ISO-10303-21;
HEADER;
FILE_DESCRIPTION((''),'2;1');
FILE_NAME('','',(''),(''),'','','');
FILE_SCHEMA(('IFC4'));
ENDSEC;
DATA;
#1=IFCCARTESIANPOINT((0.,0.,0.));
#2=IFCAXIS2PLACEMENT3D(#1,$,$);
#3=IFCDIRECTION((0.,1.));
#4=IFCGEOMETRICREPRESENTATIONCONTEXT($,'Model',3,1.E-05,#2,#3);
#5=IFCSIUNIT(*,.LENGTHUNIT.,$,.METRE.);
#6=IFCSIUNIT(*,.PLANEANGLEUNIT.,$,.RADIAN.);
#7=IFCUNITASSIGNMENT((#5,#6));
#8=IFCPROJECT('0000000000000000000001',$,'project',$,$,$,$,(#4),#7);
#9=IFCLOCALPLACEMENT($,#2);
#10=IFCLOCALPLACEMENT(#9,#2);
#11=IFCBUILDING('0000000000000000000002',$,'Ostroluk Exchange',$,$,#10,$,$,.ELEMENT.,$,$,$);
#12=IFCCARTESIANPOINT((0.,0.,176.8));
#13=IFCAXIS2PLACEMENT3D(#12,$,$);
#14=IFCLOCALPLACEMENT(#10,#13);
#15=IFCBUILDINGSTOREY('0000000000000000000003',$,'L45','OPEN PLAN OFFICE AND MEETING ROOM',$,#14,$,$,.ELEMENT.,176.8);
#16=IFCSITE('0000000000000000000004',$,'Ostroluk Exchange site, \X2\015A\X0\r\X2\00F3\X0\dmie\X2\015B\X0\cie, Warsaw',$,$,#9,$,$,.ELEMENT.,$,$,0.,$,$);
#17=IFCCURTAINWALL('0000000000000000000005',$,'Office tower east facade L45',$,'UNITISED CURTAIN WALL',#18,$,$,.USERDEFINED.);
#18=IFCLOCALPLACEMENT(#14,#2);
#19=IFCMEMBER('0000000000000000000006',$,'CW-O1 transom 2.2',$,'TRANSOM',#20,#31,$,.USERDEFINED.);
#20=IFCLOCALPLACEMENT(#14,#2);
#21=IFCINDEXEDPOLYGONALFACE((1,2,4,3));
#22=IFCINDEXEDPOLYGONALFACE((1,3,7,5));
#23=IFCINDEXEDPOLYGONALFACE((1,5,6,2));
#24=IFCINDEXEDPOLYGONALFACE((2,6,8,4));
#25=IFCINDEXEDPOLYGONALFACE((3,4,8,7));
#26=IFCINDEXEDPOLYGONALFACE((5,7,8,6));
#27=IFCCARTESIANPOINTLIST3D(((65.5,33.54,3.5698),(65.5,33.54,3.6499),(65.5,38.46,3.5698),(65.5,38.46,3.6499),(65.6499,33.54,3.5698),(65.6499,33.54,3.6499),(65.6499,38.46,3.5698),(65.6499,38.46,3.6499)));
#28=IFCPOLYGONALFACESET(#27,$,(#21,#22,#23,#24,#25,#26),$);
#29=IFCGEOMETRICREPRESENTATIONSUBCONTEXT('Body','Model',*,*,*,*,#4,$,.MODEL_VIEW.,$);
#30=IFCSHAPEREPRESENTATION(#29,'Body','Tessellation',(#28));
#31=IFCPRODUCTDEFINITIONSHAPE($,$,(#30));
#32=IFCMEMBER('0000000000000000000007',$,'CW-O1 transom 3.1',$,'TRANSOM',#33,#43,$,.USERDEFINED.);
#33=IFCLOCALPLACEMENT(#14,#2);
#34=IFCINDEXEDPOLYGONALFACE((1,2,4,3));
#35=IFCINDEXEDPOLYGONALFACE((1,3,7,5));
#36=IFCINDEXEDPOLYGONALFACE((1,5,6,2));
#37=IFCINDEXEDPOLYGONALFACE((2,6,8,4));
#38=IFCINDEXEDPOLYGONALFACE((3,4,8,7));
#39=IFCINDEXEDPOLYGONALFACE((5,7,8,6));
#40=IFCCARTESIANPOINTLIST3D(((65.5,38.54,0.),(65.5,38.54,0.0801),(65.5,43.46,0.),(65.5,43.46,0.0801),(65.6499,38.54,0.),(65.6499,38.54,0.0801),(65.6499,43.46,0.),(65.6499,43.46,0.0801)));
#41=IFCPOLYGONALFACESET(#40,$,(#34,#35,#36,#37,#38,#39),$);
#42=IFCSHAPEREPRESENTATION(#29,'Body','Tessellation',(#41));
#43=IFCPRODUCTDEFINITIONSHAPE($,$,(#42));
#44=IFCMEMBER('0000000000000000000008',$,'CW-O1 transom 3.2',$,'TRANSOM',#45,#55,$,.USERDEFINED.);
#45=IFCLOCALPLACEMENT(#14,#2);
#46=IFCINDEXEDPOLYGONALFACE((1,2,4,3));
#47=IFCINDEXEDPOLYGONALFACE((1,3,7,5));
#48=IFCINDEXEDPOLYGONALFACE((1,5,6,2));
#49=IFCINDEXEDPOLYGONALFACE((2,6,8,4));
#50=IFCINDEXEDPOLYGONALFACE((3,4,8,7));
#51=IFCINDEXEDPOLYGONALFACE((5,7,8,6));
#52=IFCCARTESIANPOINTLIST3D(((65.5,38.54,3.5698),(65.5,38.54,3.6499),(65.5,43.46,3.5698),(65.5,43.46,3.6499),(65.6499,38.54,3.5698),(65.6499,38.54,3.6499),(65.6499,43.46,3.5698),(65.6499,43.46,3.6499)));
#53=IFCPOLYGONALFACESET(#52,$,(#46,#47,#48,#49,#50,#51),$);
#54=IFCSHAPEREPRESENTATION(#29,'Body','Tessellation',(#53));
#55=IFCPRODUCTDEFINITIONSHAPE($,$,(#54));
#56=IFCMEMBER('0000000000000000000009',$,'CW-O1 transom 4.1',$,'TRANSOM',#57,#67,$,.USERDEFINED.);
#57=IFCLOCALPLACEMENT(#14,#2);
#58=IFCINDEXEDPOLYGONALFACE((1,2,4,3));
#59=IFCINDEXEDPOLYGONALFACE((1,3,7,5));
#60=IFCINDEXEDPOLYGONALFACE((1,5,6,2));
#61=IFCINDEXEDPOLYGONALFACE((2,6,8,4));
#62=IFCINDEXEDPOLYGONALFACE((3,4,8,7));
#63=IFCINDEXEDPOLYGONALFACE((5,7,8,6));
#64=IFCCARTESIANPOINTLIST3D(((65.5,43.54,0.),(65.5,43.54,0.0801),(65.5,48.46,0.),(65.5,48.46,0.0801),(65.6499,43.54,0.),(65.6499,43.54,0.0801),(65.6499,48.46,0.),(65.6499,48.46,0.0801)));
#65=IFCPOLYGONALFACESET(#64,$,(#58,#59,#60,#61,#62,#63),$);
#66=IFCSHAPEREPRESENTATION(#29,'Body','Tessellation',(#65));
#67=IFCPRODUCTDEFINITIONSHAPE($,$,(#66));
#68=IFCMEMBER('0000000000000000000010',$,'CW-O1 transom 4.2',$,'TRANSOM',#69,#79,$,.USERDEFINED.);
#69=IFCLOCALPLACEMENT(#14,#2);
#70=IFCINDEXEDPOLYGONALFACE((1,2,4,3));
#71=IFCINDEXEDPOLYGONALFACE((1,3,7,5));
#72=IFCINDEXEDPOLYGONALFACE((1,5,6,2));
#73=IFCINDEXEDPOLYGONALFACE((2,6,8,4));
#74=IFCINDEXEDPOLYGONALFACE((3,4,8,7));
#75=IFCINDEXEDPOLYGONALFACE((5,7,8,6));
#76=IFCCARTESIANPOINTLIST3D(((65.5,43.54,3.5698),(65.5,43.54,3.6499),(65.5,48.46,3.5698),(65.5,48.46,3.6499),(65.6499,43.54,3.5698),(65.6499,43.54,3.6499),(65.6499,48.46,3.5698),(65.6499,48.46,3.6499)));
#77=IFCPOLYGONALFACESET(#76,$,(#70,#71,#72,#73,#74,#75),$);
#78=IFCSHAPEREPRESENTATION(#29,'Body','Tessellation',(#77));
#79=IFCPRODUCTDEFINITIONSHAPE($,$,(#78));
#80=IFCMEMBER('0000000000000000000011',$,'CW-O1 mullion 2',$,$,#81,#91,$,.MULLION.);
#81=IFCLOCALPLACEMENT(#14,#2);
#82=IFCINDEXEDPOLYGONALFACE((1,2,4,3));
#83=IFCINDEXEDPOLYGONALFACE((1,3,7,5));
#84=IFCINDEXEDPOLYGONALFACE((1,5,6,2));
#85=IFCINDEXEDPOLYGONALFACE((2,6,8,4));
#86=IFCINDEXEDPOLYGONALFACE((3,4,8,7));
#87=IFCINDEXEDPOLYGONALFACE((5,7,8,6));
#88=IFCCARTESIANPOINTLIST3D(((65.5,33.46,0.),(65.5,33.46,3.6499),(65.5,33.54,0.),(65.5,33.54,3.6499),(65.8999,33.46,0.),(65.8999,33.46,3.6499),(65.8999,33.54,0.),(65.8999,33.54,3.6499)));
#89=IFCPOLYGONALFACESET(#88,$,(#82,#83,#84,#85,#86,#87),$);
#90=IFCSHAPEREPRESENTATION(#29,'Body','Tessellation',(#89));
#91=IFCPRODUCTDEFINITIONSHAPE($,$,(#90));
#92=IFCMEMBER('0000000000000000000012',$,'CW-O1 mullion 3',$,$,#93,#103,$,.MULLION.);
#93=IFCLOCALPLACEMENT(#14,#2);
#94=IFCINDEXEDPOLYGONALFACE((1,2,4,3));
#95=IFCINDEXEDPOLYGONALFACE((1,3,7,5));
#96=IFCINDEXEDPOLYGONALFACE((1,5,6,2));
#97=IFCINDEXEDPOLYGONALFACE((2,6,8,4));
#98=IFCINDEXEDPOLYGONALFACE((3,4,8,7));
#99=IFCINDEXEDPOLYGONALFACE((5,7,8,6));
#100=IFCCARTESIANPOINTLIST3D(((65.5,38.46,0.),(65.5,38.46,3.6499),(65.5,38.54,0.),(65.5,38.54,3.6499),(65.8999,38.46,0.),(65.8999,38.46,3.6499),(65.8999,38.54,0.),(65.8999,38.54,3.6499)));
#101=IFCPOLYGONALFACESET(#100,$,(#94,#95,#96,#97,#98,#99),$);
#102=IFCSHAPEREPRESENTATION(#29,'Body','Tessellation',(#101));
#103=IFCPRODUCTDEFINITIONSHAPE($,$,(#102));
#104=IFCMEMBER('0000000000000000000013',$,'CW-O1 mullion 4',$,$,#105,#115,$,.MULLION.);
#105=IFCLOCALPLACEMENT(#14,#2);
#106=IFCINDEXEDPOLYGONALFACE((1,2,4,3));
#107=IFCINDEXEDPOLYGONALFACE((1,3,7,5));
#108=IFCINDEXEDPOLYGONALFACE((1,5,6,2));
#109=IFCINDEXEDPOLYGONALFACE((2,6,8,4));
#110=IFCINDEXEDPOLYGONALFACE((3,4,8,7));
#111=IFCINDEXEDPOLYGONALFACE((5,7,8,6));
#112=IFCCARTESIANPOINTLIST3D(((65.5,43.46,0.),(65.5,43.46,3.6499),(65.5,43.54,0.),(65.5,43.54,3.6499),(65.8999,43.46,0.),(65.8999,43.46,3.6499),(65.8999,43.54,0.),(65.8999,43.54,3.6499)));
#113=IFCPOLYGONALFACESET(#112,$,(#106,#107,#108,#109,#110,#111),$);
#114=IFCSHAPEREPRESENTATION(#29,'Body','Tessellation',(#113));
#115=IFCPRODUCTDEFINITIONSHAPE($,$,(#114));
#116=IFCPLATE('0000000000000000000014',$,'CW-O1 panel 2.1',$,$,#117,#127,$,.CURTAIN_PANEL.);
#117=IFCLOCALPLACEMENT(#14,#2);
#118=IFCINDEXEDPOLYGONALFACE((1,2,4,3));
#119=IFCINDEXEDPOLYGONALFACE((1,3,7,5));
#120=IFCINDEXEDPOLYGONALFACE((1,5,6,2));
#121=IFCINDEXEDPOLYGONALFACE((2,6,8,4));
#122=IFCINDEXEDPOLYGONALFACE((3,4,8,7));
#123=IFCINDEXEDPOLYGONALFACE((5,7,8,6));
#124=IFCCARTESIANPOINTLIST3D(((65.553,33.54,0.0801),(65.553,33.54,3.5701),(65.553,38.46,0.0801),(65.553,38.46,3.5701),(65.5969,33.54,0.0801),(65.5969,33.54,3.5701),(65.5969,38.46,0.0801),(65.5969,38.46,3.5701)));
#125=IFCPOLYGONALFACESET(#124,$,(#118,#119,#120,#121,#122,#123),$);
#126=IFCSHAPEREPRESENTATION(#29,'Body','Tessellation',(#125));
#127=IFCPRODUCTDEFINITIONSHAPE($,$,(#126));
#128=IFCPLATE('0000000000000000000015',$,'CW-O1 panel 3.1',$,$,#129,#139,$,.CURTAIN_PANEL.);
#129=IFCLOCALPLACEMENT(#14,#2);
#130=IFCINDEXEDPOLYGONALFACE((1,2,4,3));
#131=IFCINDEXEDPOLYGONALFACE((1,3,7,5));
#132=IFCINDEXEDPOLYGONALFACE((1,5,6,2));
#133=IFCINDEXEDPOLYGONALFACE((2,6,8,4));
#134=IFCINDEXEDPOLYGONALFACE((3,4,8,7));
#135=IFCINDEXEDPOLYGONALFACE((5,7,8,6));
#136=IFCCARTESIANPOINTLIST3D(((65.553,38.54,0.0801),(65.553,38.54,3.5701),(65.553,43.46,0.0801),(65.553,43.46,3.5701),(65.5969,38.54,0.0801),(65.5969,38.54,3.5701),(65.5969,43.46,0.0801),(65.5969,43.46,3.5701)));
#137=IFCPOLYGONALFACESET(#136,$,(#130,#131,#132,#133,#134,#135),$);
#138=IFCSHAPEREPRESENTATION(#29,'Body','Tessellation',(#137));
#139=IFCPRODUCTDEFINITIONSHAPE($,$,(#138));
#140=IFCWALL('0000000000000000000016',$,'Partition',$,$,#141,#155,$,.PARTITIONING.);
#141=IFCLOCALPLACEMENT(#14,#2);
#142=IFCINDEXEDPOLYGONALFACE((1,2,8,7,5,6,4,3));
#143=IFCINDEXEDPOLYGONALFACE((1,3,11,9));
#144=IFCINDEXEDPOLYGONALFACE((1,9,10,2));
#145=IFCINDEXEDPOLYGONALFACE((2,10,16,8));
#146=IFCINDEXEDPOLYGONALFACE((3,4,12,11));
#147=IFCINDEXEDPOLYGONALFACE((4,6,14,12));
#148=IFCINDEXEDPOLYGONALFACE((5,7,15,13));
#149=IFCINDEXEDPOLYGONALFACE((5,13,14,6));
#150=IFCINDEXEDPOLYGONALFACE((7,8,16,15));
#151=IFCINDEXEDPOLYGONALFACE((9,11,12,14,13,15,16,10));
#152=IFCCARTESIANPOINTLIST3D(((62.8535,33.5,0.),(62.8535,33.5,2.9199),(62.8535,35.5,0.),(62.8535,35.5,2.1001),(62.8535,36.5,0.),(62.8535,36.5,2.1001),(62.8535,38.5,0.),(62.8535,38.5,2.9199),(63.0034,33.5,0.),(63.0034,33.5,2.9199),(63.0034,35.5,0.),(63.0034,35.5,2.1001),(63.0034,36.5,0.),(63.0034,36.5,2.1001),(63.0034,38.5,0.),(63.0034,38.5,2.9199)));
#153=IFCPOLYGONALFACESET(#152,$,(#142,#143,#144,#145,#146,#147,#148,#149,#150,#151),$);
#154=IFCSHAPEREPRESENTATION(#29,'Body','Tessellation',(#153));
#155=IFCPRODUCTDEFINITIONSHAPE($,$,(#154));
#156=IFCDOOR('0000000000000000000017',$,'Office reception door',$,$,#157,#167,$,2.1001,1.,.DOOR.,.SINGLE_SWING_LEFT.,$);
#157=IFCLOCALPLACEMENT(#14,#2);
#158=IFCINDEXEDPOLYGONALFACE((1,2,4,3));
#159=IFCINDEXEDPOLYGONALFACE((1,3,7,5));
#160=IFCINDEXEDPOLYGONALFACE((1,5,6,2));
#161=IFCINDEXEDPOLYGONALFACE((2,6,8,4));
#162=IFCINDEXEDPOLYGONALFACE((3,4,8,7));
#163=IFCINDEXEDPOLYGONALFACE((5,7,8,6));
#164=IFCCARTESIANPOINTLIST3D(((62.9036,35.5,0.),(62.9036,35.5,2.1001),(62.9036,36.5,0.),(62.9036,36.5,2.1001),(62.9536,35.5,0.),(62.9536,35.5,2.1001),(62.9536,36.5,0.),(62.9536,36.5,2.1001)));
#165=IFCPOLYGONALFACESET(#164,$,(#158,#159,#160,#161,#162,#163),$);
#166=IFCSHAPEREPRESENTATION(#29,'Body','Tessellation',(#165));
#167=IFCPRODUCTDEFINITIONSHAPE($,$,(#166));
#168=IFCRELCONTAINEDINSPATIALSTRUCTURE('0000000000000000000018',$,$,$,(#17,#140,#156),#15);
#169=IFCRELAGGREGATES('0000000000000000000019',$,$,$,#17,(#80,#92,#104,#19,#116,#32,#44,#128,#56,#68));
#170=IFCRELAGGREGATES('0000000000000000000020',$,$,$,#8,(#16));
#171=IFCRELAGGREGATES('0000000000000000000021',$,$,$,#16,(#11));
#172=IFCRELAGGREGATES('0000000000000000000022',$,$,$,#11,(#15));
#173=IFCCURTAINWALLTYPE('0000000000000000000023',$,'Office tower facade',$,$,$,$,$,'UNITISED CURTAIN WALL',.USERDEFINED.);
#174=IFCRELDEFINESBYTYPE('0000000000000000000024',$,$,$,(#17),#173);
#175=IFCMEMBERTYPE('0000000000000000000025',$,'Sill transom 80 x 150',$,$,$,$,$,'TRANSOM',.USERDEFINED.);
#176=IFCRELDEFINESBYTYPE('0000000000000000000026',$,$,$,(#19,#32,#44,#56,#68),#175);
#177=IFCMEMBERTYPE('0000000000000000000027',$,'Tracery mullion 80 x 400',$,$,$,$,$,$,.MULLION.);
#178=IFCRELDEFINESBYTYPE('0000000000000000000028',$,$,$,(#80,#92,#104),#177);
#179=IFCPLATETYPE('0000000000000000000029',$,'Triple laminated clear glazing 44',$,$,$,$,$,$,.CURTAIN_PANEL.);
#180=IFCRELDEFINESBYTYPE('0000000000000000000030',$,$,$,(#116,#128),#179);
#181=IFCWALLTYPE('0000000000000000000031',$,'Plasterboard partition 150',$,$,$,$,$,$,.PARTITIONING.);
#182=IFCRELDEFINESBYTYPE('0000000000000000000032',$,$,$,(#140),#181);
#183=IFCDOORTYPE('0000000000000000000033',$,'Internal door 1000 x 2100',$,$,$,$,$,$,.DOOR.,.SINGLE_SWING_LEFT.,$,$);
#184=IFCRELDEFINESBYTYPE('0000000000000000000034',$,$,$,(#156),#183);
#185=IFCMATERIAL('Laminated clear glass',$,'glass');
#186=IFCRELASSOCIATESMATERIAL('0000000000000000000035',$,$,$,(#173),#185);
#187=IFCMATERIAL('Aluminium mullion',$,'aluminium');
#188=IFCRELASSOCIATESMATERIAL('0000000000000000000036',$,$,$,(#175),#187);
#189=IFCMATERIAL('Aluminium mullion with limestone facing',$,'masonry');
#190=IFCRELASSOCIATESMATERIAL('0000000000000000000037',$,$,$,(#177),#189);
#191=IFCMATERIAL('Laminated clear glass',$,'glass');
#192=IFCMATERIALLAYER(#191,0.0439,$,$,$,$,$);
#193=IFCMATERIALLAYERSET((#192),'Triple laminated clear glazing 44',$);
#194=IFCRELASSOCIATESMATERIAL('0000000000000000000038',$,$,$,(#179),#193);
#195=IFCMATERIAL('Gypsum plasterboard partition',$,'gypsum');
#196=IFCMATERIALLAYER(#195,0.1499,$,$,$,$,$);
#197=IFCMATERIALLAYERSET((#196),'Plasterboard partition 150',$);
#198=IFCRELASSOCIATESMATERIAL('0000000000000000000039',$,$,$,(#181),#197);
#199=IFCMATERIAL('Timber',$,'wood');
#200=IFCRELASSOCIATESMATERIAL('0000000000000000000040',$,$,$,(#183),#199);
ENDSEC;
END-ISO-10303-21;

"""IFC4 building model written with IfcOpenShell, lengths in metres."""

from ifc_helpers import new_model, si_unit, direction, frame, frame_2d, origin, origin_2d, place, context, subcontext, project, spatial, rectangle, extrude, material, layer, layer_set, material_profile, profile_set, type_object, element, fill, aggregate, save


model = new_model("IFC4")

# Units and contexts
model_context = context("Model", 3, precision=1e-05, world=origin(), true_north=direction((0.0, 1.0)))
body_context = subcontext(model_context, "Body", "Model", "MODEL_VIEW")
ifc_project = project(units=[si_unit("LENGTHUNIT", "METRE"), si_unit("PLANEANGLEUNIT", "RADIAN")], contexts=[model_context])

# Site, building, storey
site_placement = place(None, origin())
site = spatial("IfcSite", under=ifc_project, at=site_placement, Name="Ostroluk Exchange site, Śródmieście, Warsaw", CompositionType="ELEMENT", RefElevation=0.0)
building_placement = place(site_placement, origin())
building = spatial("IfcBuilding", under=site, at=building_placement, Name="Ostroluk Exchange", CompositionType="ELEMENT")
storey_placement = place(building_placement, frame((0.0, 0.0, 176.8)))
storey = spatial("IfcBuildingStorey", under=building, at=storey_placement, Name="L45", Description="OPEN PLAN OFFICE AND MEETING ROOM", CompositionType="ELEMENT", Elevation=176.8)

# Curtain wall, members, plates
ifc_material_1 = material(Name="Laminated clear glass", Category="glass")
curtain_wall_type = type_object("IfcCurtainWallType", Name="Office tower facade", ElementType="UNITISED CURTAIN WALL", PredefinedType="USERDEFINED", material=ifc_material_1)
curtain_wall_placement = place(storey_placement, origin())
curtain_wall = element("IfcCurtainWall", 1, at=curtain_wall_placement, inside=storey, type_object=curtain_wall_type, Name="Office tower east facade L45", ObjectType="UNITISED CURTAIN WALL", PredefinedType="USERDEFINED")
ifc_material_2 = material(Name="Aluminium mullion", Category="aluminium")
ifc_material_profile_1 = material_profile(ifc_material_2, rectangle(XDim=0.1499, YDim=0.0801, at=origin_2d()), Name="Sill transom 80 x 150")
ifc_profile_set_1 = profile_set([ifc_material_profile_1], Name="Aluminium mullion")
member_type_1 = type_object("IfcMemberType", Name="Sill transom 80 x 150", ElementType="TRANSOM", PredefinedType="USERDEFINED", material=ifc_profile_set_1)
member_1_placement = place(storey_placement, frame((65.575, 33.54, 3.6099), z_axis=(0.0, 1.0, 0.0), x_axis=(-1.0, 0.0, 0.0)))
member_1 = element("IfcMember", 2, at=member_1_placement, type_object=member_type_1, Name="CW-O1 transom 2.2", ObjectType="TRANSOM", PredefinedType="USERDEFINED", context=body_context, shape_type="SweptSolid", body=[
    extrude(rectangle(XDim=0.1499, YDim=0.0801, at=origin_2d()), origin(), (0.0, 0.0, 1.0), 4.9199),
])
member_2_placement = place(storey_placement, frame((65.575, 38.54, 0.04), z_axis=(0.0, 1.0, 0.0), x_axis=(-1.0, 0.0, 0.0)))
member_2 = element("IfcMember", 3, at=member_2_placement, type_object=member_type_1, Name="CW-O1 transom 3.1", ObjectType="TRANSOM", PredefinedType="USERDEFINED", context=body_context, shape_type="SweptSolid", body=[
    extrude(rectangle(XDim=0.1499, YDim=0.0801, at=origin_2d()), origin(), (0.0, 0.0, 1.0), 4.9199),
])
member_3_placement = place(storey_placement, frame((65.575, 38.54, 3.6099), z_axis=(0.0, 1.0, 0.0), x_axis=(-1.0, 0.0, 0.0)))
member_3 = element("IfcMember", 4, at=member_3_placement, type_object=member_type_1, Name="CW-O1 transom 3.2", ObjectType="TRANSOM", PredefinedType="USERDEFINED", context=body_context, shape_type="SweptSolid", body=[
    extrude(rectangle(XDim=0.1499, YDim=0.0801, at=origin_2d()), origin(), (0.0, 0.0, 1.0), 4.9199),
])
member_4_placement = place(storey_placement, frame((65.575, 43.54, 0.04), z_axis=(0.0, 1.0, 0.0), x_axis=(-1.0, 0.0, 0.0)))
member_4 = element("IfcMember", 5, at=member_4_placement, type_object=member_type_1, Name="CW-O1 transom 4.1", ObjectType="TRANSOM", PredefinedType="USERDEFINED", context=body_context, shape_type="SweptSolid", body=[
    extrude(rectangle(XDim=0.1499, YDim=0.0801, at=origin_2d()), origin(), (0.0, 0.0, 1.0), 4.9199),
])
member_5_placement = place(storey_placement, frame((65.575, 43.54, 3.6099), z_axis=(0.0, 1.0, 0.0), x_axis=(-1.0, 0.0, 0.0)))
member_5 = element("IfcMember", 6, at=member_5_placement, type_object=member_type_1, Name="CW-O1 transom 4.2", ObjectType="TRANSOM", PredefinedType="USERDEFINED", context=body_context, shape_type="SweptSolid", body=[
    extrude(rectangle(XDim=0.1499, YDim=0.0801, at=origin_2d()), origin(), (0.0, 0.0, 1.0), 4.9199),
])
ifc_material_3 = material(Name="Aluminium mullion with limestone facing", Category="masonry")
ifc_material_profile_2 = material_profile(ifc_material_3, rectangle(XDim=0.3999, YDim=0.0801, at=origin_2d()), Name="Tracery mullion 80 x 400")
ifc_profile_set_2 = profile_set([ifc_material_profile_2], Name="Aluminium mullion with limestone facing")
member_type_2 = type_object("IfcMemberType", Name="Tracery mullion 80 x 400", PredefinedType="MULLION", material=ifc_profile_set_2)
member_6_placement = place(storey_placement, frame((65.7, 33.5, 0.0), z_axis=(0.0, 0.0, 1.0), x_axis=(-1.0, 0.0, 0.0)))
member_6 = element("IfcMember", 7, at=member_6_placement, type_object=member_type_2, Name="CW-O1 mullion 2", PredefinedType="MULLION", context=body_context, shape_type="SweptSolid", body=[
    extrude(rectangle(XDim=0.3999, YDim=0.0801, at=origin_2d()), origin(), (0.0, 0.0, 1.0), 3.6499),
])
member_7_placement = place(storey_placement, frame((65.7, 38.5, 0.0), z_axis=(0.0, 0.0, 1.0), x_axis=(-1.0, 0.0, 0.0)))
member_7 = element("IfcMember", 8, at=member_7_placement, type_object=member_type_2, Name="CW-O1 mullion 3", PredefinedType="MULLION", context=body_context, shape_type="SweptSolid", body=[
    extrude(rectangle(XDim=0.3999, YDim=0.0801, at=origin_2d()), origin(), (0.0, 0.0, 1.0), 3.6499),
])
member_8_placement = place(storey_placement, frame((65.7, 43.5, 0.0), z_axis=(0.0, 0.0, 1.0), x_axis=(-1.0, 0.0, 0.0)))
member_8 = element("IfcMember", 9, at=member_8_placement, type_object=member_type_2, Name="CW-O1 mullion 4", PredefinedType="MULLION", context=body_context, shape_type="SweptSolid", body=[
    extrude(rectangle(XDim=0.3999, YDim=0.0801, at=origin_2d()), origin(), (0.0, 0.0, 1.0), 3.6499),
])
ifc_material_4 = material(Name="Laminated clear glass", Category="glass")
ifc_layer_1 = layer(ifc_material_4, 0.0439)
ifc_layer_set_1 = layer_set([ifc_layer_1], Name="Triple laminated clear glazing 44")
plate_type = type_object("IfcPlateType", Name="Triple laminated clear glazing 44", PredefinedType="CURTAIN_PANEL", material=ifc_layer_set_1)
plate_1_placement = place(storey_placement, frame((65.575, 36.0, 0.0801), z_axis=(0.0, 0.0, 1.0), x_axis=(0.0, 1.0, 0.0)))
plate_1 = element("IfcPlate", 10, at=plate_1_placement, type_object=plate_type, Name="CW-O1 panel 2.1", PredefinedType="CURTAIN_PANEL", context=body_context, shape_type="SweptSolid", body=[
    extrude(rectangle(XDim=4.9199, YDim=0.0439, at=origin_2d()), origin(), (0.0, 0.0, 1.0), 3.49),
])
plate_2_placement = place(storey_placement, frame((65.575, 41.0, 0.0801), z_axis=(0.0, 0.0, 1.0), x_axis=(0.0, 1.0, 0.0)))
plate_2 = element("IfcPlate", 11, at=plate_2_placement, type_object=plate_type, Name="CW-O1 panel 3.1", PredefinedType="CURTAIN_PANEL", context=body_context, shape_type="SweptSolid", body=[
    extrude(rectangle(XDim=4.9199, YDim=0.0439, at=origin_2d()), origin(), (0.0, 0.0, 1.0), 3.49),
])
aggregate(curtain_wall, [member_6, member_7, member_8, member_1, plate_1, member_2, member_3, plate_2, member_4, member_5])

# Wall, opening, door
ifc_material_5 = material(Name="Gypsum plasterboard partition", Category="gypsum")
ifc_layer_2 = layer(ifc_material_5, 0.1499)
ifc_layer_set_2 = layer_set([ifc_layer_2], Name="Plasterboard partition 150")
wall_type = type_object("IfcWallType", Name="Plasterboard partition 150", PredefinedType="PARTITIONING", material=ifc_layer_set_2)
wall_1_placement = place(storey_placement, frame((62.9285, 33.5, 0.0), z_axis=(0.0, 0.0, 1.0), x_axis=(0.0, 1.0, 0.0)))
wall_1 = element("IfcWall", 12, at=wall_1_placement, inside=storey, type_object=wall_type, Name="Partition", PredefinedType="PARTITIONING", context=body_context, shape_type="SweptSolid", body=[
    extrude(rectangle(XDim=5.0, YDim=0.1499, at=frame_2d((2.5, 0.0))), origin(), (0.0, 0.0, 1.0), 2.9199),
])
opening_1_placement = place(wall_1_placement, frame((2.0, 0.0, 0.0)))
opening_1 = element("IfcOpeningElement", 13, at=opening_1_placement, cuts=wall_1, PredefinedType="OPENING", context=body_context, shape_type="SweptSolid", body=[
    extrude(rectangle(XDim=1.0, YDim=2.1001, at=frame_2d((0.5, 1.05))), frame((0.0, 0.085, 0.0), z_axis=(0.0, -1.0, 0.0), x_axis=(1.0, 0.0, 0.0)), (0.0, 0.0, 1.0), 0.1699),
])
ifc_material_6 = material(Name="Timber", Category="wood")
door_type = type_object("IfcDoorType", Name="Internal door 1000 x 2100", OperationType="SINGLE_SWING_LEFT", PredefinedType="DOOR", material=ifc_material_6)
door_1_placement = place(opening_1_placement, origin())
door_1 = element("IfcDoor", 14, at=door_1_placement, inside=storey, type_object=door_type, Name="Office reception door", OperationType="SINGLE_SWING_LEFT", OverallHeight=2.1001, OverallWidth=1.0, PredefinedType="DOOR", context=body_context, shape_type="SweptSolid", body=[
    extrude(rectangle(XDim=1.0, YDim=2.1001, at=frame_2d((0.5, 1.05))), frame((0.0, 0.0249, 0.0), z_axis=(0.0, -1.0, 0.0), x_axis=(1.0, 0.0, 0.0)), (0.0, 0.0, 1.0), 0.05),
])
fill(opening_1, door_1)

save(model, "model.ifc")
